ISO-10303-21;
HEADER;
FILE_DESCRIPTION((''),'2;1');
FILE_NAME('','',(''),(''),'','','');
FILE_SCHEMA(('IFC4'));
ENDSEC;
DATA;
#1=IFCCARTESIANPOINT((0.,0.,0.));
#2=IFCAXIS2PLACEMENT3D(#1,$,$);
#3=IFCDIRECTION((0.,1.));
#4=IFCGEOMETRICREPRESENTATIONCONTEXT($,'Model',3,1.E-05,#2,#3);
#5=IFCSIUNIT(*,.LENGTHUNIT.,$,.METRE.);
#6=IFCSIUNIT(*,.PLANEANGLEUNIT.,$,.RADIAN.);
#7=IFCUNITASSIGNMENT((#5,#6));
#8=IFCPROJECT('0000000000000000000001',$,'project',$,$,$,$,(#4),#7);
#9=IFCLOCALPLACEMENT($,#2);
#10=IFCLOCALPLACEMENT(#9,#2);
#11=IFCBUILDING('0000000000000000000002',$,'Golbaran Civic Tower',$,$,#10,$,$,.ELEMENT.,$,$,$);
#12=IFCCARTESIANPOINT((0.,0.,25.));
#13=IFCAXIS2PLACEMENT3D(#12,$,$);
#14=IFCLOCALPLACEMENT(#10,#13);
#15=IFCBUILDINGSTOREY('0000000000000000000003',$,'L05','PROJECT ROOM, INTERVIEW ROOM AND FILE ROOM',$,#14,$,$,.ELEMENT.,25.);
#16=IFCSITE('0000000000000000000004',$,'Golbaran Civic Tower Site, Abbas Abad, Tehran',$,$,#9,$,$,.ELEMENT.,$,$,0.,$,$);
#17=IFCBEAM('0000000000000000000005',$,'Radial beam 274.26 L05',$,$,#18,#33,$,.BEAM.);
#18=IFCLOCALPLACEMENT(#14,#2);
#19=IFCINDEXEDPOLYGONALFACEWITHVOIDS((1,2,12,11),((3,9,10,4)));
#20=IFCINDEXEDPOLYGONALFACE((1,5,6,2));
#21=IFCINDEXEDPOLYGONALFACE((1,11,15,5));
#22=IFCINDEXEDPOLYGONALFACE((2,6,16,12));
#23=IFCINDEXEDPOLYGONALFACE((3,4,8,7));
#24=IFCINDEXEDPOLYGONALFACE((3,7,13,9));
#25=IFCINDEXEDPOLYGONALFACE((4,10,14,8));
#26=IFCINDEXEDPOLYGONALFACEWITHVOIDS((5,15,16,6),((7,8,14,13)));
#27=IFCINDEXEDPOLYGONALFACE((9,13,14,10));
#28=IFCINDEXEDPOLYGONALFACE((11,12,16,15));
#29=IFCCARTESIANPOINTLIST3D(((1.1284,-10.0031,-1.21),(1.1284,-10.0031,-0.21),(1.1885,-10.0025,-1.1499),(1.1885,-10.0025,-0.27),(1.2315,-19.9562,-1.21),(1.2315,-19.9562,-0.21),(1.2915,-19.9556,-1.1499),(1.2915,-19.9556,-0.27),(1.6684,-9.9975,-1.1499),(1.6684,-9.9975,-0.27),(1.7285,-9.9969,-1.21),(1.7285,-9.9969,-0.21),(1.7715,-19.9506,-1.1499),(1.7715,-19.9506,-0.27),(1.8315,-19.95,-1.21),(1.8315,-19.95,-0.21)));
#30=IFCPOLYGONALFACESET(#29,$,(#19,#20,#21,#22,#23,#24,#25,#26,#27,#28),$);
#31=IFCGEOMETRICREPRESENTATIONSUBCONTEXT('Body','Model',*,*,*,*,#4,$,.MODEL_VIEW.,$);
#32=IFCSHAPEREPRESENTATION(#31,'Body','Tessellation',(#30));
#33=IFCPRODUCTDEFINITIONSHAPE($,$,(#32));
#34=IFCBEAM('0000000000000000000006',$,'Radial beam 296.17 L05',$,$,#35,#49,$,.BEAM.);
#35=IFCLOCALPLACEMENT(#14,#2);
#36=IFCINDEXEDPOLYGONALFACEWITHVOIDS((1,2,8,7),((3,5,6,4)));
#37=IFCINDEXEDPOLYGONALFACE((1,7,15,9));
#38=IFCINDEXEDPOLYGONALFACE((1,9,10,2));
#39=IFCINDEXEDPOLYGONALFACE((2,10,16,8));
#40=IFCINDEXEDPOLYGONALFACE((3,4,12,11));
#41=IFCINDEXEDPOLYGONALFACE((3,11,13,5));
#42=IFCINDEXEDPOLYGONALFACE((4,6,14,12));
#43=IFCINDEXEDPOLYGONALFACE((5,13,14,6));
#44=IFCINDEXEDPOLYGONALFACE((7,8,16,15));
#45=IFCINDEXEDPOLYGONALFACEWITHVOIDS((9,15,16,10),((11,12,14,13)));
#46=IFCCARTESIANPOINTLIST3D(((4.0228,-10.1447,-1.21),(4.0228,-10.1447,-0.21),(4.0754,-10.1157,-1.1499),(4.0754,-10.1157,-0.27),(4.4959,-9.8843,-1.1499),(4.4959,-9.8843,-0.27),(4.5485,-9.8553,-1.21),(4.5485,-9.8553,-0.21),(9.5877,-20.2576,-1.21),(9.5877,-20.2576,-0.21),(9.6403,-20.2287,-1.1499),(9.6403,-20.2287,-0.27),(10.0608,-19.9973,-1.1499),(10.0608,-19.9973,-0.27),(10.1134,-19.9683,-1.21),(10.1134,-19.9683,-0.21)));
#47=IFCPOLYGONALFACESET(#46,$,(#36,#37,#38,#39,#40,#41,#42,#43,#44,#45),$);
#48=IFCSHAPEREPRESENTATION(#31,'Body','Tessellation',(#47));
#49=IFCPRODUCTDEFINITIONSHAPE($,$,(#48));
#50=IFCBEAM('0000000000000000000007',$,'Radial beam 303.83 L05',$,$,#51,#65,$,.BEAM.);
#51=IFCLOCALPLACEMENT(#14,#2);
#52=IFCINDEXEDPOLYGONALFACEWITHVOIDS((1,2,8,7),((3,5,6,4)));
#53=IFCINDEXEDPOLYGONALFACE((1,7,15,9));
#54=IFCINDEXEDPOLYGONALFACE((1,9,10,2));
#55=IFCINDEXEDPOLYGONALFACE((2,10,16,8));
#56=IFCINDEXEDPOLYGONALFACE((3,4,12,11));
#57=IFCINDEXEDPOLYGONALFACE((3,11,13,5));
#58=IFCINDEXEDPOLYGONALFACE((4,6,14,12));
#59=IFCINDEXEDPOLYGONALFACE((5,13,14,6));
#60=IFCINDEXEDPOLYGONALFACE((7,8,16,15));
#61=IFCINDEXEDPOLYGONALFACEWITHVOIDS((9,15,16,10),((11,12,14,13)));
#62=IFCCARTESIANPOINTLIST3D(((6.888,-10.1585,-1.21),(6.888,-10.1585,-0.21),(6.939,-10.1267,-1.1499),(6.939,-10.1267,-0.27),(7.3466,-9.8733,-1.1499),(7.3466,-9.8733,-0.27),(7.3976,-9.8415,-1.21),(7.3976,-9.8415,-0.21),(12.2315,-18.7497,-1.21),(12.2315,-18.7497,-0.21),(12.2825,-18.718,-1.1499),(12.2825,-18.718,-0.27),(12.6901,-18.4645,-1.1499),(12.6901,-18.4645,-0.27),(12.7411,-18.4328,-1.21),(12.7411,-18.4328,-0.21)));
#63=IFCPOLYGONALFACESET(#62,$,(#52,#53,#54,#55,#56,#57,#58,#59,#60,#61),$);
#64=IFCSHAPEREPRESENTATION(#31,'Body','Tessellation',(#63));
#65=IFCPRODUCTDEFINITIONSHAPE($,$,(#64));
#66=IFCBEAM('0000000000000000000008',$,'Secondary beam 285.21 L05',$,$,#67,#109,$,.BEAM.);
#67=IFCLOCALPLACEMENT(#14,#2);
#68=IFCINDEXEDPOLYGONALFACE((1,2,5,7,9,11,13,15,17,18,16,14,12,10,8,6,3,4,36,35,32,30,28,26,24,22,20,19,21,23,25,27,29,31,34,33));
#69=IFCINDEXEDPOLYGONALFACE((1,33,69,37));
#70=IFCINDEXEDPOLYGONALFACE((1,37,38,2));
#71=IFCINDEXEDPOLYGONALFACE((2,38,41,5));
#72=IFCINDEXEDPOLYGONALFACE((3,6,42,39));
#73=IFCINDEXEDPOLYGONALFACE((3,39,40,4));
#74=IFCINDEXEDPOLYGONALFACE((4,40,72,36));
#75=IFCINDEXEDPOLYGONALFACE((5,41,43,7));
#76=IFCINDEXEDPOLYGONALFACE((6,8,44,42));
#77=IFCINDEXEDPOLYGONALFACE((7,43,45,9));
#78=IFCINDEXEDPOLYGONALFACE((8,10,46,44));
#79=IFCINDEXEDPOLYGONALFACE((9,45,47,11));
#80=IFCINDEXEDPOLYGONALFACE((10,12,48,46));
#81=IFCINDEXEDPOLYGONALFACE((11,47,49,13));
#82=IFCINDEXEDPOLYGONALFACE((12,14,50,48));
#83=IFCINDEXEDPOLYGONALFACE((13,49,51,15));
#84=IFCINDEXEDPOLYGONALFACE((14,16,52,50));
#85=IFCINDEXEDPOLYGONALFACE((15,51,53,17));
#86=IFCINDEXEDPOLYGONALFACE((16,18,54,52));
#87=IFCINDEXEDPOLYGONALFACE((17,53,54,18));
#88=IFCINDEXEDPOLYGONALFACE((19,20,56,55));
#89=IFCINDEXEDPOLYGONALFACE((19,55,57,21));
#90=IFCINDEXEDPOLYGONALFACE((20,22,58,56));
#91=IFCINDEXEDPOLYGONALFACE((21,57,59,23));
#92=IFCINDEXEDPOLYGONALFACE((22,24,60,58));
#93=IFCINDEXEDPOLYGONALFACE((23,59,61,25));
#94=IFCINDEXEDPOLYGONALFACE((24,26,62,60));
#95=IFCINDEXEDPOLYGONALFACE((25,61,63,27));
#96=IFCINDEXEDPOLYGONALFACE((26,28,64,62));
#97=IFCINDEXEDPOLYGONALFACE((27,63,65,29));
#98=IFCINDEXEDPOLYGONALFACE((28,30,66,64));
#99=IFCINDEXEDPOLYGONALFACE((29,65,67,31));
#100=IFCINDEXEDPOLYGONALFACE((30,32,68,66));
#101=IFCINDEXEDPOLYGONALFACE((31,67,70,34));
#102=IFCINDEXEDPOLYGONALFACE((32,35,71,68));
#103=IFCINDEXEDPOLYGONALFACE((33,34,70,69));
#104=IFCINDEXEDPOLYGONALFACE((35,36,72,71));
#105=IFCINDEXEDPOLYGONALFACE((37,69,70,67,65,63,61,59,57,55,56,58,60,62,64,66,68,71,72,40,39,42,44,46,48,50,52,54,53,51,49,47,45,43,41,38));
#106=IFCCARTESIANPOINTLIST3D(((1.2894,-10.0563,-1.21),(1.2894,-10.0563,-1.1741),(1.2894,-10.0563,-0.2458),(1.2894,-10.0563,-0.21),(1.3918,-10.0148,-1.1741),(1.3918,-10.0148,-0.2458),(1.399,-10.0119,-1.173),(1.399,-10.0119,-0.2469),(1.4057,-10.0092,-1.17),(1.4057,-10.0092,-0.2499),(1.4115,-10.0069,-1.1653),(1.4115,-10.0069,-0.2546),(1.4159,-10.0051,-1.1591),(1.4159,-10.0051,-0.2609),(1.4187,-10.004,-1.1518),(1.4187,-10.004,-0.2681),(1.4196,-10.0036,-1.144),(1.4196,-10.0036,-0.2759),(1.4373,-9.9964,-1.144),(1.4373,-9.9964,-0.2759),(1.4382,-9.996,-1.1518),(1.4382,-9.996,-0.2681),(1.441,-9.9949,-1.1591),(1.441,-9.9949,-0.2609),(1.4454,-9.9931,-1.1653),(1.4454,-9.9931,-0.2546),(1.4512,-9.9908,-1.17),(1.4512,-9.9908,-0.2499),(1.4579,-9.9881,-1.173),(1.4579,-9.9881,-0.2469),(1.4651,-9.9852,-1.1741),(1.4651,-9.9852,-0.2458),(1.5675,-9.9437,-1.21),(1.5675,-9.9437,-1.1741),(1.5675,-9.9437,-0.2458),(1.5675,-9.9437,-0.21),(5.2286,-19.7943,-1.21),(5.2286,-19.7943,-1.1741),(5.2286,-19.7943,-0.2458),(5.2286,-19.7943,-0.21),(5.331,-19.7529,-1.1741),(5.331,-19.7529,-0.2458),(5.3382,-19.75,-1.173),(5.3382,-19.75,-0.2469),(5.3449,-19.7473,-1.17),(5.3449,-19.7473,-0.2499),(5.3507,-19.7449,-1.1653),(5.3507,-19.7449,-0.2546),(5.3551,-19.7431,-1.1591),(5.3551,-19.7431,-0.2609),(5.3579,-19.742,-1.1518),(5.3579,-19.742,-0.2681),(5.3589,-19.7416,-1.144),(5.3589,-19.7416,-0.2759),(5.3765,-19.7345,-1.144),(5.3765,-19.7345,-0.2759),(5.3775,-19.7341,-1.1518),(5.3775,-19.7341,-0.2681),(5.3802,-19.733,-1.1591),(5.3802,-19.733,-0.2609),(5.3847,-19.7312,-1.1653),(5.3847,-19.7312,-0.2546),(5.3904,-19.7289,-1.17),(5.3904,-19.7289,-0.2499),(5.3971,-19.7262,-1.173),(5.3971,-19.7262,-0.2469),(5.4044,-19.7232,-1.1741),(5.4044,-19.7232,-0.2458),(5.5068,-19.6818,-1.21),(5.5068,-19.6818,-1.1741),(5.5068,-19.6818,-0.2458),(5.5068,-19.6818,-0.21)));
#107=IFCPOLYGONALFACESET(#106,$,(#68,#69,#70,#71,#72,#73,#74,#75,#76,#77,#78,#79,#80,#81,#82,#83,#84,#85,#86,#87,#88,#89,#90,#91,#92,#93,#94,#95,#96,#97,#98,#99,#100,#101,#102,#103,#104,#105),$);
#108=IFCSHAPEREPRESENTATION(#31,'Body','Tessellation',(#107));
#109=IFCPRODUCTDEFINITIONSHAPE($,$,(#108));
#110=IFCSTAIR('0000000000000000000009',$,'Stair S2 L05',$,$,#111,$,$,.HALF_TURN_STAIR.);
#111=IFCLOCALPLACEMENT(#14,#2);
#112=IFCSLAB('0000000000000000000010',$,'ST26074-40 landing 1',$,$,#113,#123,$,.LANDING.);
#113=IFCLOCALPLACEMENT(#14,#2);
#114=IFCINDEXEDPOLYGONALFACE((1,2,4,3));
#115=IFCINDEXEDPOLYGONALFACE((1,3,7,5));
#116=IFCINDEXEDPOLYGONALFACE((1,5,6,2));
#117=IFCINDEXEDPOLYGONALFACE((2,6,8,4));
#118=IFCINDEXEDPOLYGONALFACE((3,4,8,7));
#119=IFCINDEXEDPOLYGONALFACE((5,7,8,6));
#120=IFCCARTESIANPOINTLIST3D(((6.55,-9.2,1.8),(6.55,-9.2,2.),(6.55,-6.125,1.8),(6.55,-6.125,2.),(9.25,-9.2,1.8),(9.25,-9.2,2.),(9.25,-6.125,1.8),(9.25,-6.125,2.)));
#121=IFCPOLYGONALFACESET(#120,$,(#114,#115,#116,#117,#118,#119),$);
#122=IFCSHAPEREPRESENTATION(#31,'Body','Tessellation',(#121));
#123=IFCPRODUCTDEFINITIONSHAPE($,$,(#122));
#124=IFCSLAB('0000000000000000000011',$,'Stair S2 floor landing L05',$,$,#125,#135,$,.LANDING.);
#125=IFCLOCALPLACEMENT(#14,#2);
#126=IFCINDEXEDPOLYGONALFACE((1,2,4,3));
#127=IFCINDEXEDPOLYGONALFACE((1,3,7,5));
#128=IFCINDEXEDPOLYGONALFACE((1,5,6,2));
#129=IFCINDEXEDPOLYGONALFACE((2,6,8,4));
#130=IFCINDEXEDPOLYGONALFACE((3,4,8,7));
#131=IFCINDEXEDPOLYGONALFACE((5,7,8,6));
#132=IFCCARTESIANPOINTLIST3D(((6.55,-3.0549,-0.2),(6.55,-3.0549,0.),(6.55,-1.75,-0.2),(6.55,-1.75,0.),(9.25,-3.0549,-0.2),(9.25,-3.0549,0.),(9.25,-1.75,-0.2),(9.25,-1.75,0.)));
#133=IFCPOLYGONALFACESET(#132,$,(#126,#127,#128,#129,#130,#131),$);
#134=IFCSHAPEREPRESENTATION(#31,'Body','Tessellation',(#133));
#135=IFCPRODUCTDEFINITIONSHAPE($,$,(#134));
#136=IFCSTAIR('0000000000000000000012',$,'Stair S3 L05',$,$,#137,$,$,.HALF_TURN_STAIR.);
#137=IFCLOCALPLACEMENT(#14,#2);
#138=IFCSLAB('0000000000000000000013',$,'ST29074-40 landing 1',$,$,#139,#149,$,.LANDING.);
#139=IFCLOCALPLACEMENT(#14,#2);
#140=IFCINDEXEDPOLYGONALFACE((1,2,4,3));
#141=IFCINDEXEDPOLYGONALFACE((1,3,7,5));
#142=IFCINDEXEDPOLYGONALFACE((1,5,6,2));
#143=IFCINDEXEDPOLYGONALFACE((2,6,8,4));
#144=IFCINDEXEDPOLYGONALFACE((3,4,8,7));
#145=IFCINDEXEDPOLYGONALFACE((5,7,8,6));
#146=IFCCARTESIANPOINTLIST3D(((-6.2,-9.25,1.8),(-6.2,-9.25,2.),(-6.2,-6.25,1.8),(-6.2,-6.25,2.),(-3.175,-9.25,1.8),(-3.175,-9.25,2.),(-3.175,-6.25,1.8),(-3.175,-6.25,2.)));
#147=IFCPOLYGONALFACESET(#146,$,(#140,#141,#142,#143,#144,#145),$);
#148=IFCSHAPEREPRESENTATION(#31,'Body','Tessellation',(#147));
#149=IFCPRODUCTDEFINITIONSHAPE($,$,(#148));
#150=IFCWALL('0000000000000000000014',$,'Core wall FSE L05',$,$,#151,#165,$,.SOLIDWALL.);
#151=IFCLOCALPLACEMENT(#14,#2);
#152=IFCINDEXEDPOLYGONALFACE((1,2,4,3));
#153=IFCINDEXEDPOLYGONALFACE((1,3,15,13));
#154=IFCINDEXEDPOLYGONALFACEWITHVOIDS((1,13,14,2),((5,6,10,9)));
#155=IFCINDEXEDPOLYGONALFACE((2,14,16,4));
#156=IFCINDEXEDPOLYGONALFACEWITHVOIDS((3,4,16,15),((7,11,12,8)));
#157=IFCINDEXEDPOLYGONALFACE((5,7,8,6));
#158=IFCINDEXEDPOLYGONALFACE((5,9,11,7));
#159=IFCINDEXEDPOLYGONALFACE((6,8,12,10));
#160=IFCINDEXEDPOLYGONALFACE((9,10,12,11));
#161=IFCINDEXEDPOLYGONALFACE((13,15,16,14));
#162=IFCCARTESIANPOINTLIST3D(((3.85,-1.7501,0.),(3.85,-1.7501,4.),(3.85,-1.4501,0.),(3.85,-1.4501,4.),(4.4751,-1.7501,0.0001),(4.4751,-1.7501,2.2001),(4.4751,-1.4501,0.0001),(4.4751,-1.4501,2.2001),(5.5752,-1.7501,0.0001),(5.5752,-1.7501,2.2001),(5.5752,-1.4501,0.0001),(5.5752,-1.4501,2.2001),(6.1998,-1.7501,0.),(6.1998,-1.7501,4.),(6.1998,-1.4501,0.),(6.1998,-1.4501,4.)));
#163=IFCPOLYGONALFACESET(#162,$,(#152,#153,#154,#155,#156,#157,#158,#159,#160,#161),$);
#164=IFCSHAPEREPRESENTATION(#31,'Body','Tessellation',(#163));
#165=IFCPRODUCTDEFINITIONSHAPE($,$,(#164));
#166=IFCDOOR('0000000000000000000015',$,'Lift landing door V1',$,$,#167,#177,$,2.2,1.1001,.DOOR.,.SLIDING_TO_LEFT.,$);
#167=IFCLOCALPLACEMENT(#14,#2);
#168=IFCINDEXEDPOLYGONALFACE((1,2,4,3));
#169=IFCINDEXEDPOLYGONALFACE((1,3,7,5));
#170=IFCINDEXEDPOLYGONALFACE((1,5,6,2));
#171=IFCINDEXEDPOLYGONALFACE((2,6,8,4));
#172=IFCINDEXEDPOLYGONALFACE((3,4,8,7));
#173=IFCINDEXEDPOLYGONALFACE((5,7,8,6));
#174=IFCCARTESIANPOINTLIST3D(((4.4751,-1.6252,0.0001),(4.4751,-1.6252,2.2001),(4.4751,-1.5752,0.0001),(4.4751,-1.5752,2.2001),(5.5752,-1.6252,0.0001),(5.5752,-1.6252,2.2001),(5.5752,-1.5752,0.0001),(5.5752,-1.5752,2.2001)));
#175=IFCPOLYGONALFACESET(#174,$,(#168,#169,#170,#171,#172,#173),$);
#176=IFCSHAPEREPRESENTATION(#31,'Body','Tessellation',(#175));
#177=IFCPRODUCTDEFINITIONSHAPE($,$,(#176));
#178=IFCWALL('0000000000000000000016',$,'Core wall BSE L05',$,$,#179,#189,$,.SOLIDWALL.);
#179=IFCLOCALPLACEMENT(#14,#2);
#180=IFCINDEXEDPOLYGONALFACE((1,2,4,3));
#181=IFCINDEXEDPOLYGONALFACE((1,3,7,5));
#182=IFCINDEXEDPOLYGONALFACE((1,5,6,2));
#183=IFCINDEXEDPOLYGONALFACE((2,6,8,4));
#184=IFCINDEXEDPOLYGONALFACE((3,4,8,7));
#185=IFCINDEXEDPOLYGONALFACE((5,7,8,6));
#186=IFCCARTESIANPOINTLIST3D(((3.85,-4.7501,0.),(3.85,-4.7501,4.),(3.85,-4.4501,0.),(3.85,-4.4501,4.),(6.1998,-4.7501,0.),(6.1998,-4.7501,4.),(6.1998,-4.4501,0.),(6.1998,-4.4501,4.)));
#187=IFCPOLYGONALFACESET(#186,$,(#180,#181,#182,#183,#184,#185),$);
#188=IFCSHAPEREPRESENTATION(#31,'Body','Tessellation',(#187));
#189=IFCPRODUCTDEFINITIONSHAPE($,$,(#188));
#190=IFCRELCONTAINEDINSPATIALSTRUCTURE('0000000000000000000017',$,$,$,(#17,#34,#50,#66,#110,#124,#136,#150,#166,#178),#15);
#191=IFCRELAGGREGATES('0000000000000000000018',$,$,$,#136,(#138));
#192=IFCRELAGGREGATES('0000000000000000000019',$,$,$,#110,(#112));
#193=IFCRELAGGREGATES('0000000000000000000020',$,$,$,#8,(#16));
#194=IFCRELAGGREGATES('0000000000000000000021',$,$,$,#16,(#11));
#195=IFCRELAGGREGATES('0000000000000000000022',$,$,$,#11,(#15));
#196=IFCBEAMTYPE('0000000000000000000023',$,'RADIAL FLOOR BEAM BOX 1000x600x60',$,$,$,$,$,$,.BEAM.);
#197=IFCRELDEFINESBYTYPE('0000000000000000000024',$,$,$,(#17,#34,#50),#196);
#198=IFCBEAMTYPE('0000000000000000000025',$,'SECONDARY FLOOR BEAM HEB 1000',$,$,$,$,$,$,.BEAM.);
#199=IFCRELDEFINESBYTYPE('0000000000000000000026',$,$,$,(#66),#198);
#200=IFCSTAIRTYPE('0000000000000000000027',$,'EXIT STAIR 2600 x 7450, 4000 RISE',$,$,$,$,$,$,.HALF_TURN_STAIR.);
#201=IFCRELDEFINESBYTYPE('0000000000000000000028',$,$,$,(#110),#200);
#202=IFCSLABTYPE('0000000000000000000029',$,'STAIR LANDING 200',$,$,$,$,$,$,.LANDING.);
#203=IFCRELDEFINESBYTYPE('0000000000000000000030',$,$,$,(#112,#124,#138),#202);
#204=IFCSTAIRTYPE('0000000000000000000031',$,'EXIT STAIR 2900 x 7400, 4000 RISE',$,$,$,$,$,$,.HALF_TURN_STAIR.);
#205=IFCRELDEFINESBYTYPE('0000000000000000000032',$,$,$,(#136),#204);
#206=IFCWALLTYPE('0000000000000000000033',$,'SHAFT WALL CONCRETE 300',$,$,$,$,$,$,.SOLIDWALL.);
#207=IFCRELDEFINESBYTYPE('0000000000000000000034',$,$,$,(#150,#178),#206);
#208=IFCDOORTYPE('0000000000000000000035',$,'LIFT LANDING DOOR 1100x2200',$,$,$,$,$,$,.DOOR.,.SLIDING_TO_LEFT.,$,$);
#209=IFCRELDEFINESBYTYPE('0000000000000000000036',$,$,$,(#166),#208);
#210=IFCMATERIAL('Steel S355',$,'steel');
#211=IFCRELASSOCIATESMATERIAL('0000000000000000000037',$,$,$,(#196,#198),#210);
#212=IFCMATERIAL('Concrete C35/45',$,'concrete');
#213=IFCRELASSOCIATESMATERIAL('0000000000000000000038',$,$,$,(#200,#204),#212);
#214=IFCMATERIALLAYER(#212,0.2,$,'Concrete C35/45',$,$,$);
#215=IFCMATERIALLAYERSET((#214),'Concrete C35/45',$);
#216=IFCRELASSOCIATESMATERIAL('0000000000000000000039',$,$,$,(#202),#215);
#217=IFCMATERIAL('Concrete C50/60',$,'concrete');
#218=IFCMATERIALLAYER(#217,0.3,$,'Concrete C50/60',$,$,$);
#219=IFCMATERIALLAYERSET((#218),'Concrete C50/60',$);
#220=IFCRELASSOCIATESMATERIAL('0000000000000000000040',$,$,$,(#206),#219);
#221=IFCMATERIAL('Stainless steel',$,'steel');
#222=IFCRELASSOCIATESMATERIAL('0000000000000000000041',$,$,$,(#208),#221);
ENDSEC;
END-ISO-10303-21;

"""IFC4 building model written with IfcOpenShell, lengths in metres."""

from ifc_helpers import new_model, si_unit, direction, frame, frame_2d, origin, origin_2d, place, context, subcontext, project, spatial, polyline, rectangle, hollow_rectangle, i_section, outline, extrude, material, layer, layer_set, material_profile, profile_set, type_object, element, fill, aggregate, save


model = new_model("IFC4")

# Units and contexts
model_context = context("Model", 3, precision=1e-05, world=origin(), true_north=direction((0.0, 1.0)))
body_context = subcontext(model_context, "Body", "Model", "MODEL_VIEW")
ifc_project = project(units=[si_unit("LENGTHUNIT", "METRE"), si_unit("PLANEANGLEUNIT", "RADIAN")], contexts=[model_context])

# Site, building, storey
site_placement = place(None, origin())
site = spatial("IfcSite", under=ifc_project, at=site_placement, Name="Golbaran Civic Tower Site, Abbas Abad, Tehran", CompositionType="ELEMENT", RefElevation=0.0)
building_placement = place(site_placement, origin())
building = spatial("IfcBuilding", under=site, at=building_placement, Name="Golbaran Civic Tower", CompositionType="ELEMENT")
storey_placement = place(building_placement, frame((0.0, 0.0, 25.0)))
storey = spatial("IfcBuildingStorey", under=building, at=storey_placement, Name="L05", Description="PROJECT ROOM, INTERVIEW ROOM AND FILE ROOM", CompositionType="ELEMENT", Elevation=25.0)

# Beams
ifc_material_1 = material(Name="Steel S355", Category="steel")
ifc_material_profile_1 = material_profile(ifc_material_1, hollow_rectangle(XDim=0.6001, YDim=1.0, WallThickness=0.0601, at=origin_2d()), Name="BOX 1000x600x60")
ifc_profile_set_1 = profile_set([ifc_material_profile_1], Name="Steel S355")
beam_type_1 = type_object("IfcBeamType", Name="RADIAL FLOOR BEAM BOX 1000x600x60", PredefinedType="BEAM", material=ifc_profile_set_1)
beam_1_placement = place(storey_placement, frame((1.4285, -10.0, -0.71), z_axis=(0.010351, -0.999946, 0.0), x_axis=(0.999946, 0.010351, 0.0)))
element("IfcBeam", 1, at=beam_1_placement, inside=storey, type_object=beam_type_1, Name="Radial beam 274.26 L05", PredefinedType="BEAM", context=body_context, shape_type="SweptSolid", body=[
    extrude(hollow_rectangle(XDim=0.6001, YDim=1.0, WallThickness=0.0601, at=origin_2d()), origin(), (0.0, 0.0, 1.0), 9.9536),
])
beam_2_placement = place(storey_placement, frame((4.2856, -10.0, -0.71), z_axis=(0.482103, -0.876115, 0.0), x_axis=(0.876115, 0.482103, 0.0)))
element("IfcBeam", 2, at=beam_2_placement, inside=storey, type_object=beam_type_1, Name="Radial beam 296.17 L05", PredefinedType="BEAM", context=body_context, shape_type="SweptSolid", body=[
    extrude(hollow_rectangle(XDim=0.6001, YDim=1.0, WallThickness=0.0601, at=origin_2d()), origin(), (0.0, 0.0, 1.0), 11.543),
])
beam_3_placement = place(storey_placement, frame((7.1428, -10.0, -0.71), z_axis=(0.528145, -0.849154, 0.0), x_axis=(0.849154, 0.528145, 0.0)))
element("IfcBeam", 3, at=beam_3_placement, inside=storey, type_object=beam_type_1, Name="Radial beam 303.83 L05", PredefinedType="BEAM", context=body_context, shape_type="SweptSolid", body=[
    extrude(hollow_rectangle(XDim=0.6001, YDim=1.0, WallThickness=0.0601, at=origin_2d()), origin(), (0.0, 0.0, 1.0), 10.1174),
])
ifc_material_profile_2 = material_profile(ifc_material_1, i_section(OverallWidth=0.3, OverallDepth=1.0, WebThickness=0.019, FlangeThickness=0.0359, FilletRadius=0.03, at=origin_2d()), Name="HEB 1000")
ifc_profile_set_2 = profile_set([ifc_material_profile_2], Name="Steel S355")
beam_type_2 = type_object("IfcBeamType", Name="SECONDARY FLOOR BEAM HEB 1000", PredefinedType="BEAM", material=ifc_profile_set_2)
beam_4_placement = place(storey_placement, frame((1.4285, -10.0, -0.71), z_axis=(0.374998, -0.927026, 0.0), x_axis=(0.927026, 0.374998, 0.0)))
element("IfcBeam", 4, at=beam_4_placement, inside=storey, type_object=beam_type_2, Name="Secondary beam 285.21 L05", PredefinedType="BEAM", context=body_context, shape_type="SweptSolid", body=[
    extrude(i_section(OverallWidth=0.3, OverallDepth=1.0, WebThickness=0.019, FlangeThickness=0.0359, FilletRadius=0.03, at=origin_2d()), origin(), (0.0, 0.0, 1.0), 10.5046),
])

# Stair, slab
ifc_material_2 = material(Name="Concrete C35/45", Category="concrete")
stair_type_1 = type_object("IfcStairType", Name="EXIT STAIR 2600 x 7450, 4000 RISE", PredefinedType="HALF_TURN_STAIR", material=ifc_material_2)
stair_1_placement = place(storey_placement, origin())
stair_1 = element("IfcStair", 5, at=stair_1_placement, inside=storey, type_object=stair_type_1, Name="Stair S2 L05", PredefinedType="HALF_TURN_STAIR")
ifc_layer_1 = layer(ifc_material_2, 0.2, Name="Concrete C35/45")
ifc_layer_set_1 = layer_set([ifc_layer_1], Name="Concrete C35/45")
slab_type = type_object("IfcSlabType", Name="STAIR LANDING 200", PredefinedType="LANDING", material=ifc_layer_set_1)
slab_1_placement = place(storey_placement, frame((0.0, 0.0, 1.8)))
slab_1 = element("IfcSlab", 6, at=slab_1_placement, type_object=slab_type, Name="ST26074-40 landing 1", PredefinedType="LANDING", context=body_context, shape_type="SweptSolid", body=[
    extrude(outline(polyline([(9.25, -6.125), (9.25, -9.2), (6.55, -9.2), (6.55, -6.125), (9.25, -6.125)])), origin(), (0.0, 0.0, 1.0), 0.2),
])

# Slab
slab_2_placement = place(storey_placement, frame((0.0, 0.0, -0.2)))
element("IfcSlab", 7, at=slab_2_placement, inside=storey, type_object=slab_type, Name="Stair S2 floor landing L05", PredefinedType="LANDING", context=body_context, shape_type="SweptSolid", body=[
    extrude(outline(polyline([(9.25, -1.75), (9.25, -3.0549), (6.55, -3.0549), (6.55, -1.75), (9.25, -1.75)])), origin(), (0.0, 0.0, 1.0), 0.2),
])

# Stair, slab
stair_type_2 = type_object("IfcStairType", Name="EXIT STAIR 2900 x 7400, 4000 RISE", PredefinedType="HALF_TURN_STAIR", material=ifc_material_2)
stair_2_placement = place(storey_placement, origin())
stair_2 = element("IfcStair", 8, at=stair_2_placement, inside=storey, type_object=stair_type_2, Name="Stair S3 L05", PredefinedType="HALF_TURN_STAIR")
slab_3_placement = place(storey_placement, frame((0.0, 0.0, 1.8)))
slab_3 = element("IfcSlab", 9, at=slab_3_placement, type_object=slab_type, Name="ST29074-40 landing 1", PredefinedType="LANDING", context=body_context, shape_type="SweptSolid", body=[
    extrude(outline(polyline([(-3.175, -9.25), (-6.2, -9.25), (-6.2, -6.25), (-3.175, -6.25), (-3.175, -9.25)])), origin(), (0.0, 0.0, 1.0), 0.2),
])
aggregate(stair_2, [slab_3])

# Wall, opening, door
ifc_material_3 = material(Name="Concrete C50/60", Category="concrete")
ifc_layer_2 = layer(ifc_material_3, 0.3, Name="Concrete C50/60")
ifc_layer_set_2 = layer_set([ifc_layer_2], Name="Concrete C50/60")
wall_type = type_object("IfcWallType", Name="SHAFT WALL CONCRETE 300", PredefinedType="SOLIDWALL", material=ifc_layer_set_2)
wall_1_placement = place(storey_placement, frame((3.8501, -1.6001, 0.0), z_axis=(0.0, 0.0, 1.0), x_axis=(1.0, 0.0, 0.0)))
wall_1 = element("IfcWall", 10, at=wall_1_placement, inside=storey, type_object=wall_type, Name="Core wall FSE L05", PredefinedType="SOLIDWALL", context=body_context, shape_type="SweptSolid", body=[
    extrude(rectangle(XDim=2.3499, YDim=0.3, at=frame_2d((1.1748, 0.0))), origin(), (0.0, 0.0, 1.0), 4.0),
])
opening_1_placement = place(wall_1_placement, frame((0.625, 0.0, 0.0)))
opening_1 = element("IfcOpeningElement", 11, at=opening_1_placement, cuts=wall_1, PredefinedType="OPENING", context=body_context, shape_type="SweptSolid", body=[
    extrude(rectangle(XDim=1.1001, YDim=2.2, at=frame_2d((0.55, 1.1001))), frame((0.0, 0.1599, 0.0), z_axis=(0.0, -1.0, 0.0), x_axis=(1.0, 0.0, 0.0)), (0.0, 0.0, 1.0), 0.3201),
])
ifc_material_4 = material(Name="Stainless steel", Category="steel")
door_type_1 = type_object("IfcDoorType", Name="LIFT LANDING DOOR 1100x2200", OperationType="SLIDING_TO_LEFT", PredefinedType="DOOR", material=ifc_material_4)
door_1_placement = place(opening_1_placement, origin())
door_1 = element("IfcDoor", 12, at=door_1_placement, inside=storey, type_object=door_type_1, Name="Lift landing door V1", OperationType="SLIDING_TO_LEFT", OverallHeight=2.2, OverallWidth=1.1001, PredefinedType="DOOR", context=body_context, shape_type="SweptSolid", body=[
    extrude(rectangle(XDim=1.1001, YDim=2.2, at=frame_2d((0.55, 1.1001))), frame((0.0, 0.0249, 0.0), z_axis=(0.0, -1.0, 0.0), x_axis=(1.0, 0.0, 0.0)), (0.0, 0.0, 1.0), 0.05),
])
fill(opening_1, door_1)

# Wall
wall_2_placement = place(storey_placement, frame((3.8501, -4.6001, 0.0), z_axis=(0.0, 0.0, 1.0), x_axis=(1.0, 0.0, 0.0)))
element("IfcWall", 13, at=wall_2_placement, inside=storey, type_object=wall_type, Name="Core wall BSE L05", PredefinedType="SOLIDWALL", context=body_context, shape_type="SweptSolid", body=[
    extrude(rectangle(XDim=2.3499, YDim=0.3, at=frame_2d((1.1748, 0.0))), origin(), (0.0, 0.0, 1.0), 4.0),
])

aggregate(stair_1, [slab_1])

save(model, "model.ifc")
